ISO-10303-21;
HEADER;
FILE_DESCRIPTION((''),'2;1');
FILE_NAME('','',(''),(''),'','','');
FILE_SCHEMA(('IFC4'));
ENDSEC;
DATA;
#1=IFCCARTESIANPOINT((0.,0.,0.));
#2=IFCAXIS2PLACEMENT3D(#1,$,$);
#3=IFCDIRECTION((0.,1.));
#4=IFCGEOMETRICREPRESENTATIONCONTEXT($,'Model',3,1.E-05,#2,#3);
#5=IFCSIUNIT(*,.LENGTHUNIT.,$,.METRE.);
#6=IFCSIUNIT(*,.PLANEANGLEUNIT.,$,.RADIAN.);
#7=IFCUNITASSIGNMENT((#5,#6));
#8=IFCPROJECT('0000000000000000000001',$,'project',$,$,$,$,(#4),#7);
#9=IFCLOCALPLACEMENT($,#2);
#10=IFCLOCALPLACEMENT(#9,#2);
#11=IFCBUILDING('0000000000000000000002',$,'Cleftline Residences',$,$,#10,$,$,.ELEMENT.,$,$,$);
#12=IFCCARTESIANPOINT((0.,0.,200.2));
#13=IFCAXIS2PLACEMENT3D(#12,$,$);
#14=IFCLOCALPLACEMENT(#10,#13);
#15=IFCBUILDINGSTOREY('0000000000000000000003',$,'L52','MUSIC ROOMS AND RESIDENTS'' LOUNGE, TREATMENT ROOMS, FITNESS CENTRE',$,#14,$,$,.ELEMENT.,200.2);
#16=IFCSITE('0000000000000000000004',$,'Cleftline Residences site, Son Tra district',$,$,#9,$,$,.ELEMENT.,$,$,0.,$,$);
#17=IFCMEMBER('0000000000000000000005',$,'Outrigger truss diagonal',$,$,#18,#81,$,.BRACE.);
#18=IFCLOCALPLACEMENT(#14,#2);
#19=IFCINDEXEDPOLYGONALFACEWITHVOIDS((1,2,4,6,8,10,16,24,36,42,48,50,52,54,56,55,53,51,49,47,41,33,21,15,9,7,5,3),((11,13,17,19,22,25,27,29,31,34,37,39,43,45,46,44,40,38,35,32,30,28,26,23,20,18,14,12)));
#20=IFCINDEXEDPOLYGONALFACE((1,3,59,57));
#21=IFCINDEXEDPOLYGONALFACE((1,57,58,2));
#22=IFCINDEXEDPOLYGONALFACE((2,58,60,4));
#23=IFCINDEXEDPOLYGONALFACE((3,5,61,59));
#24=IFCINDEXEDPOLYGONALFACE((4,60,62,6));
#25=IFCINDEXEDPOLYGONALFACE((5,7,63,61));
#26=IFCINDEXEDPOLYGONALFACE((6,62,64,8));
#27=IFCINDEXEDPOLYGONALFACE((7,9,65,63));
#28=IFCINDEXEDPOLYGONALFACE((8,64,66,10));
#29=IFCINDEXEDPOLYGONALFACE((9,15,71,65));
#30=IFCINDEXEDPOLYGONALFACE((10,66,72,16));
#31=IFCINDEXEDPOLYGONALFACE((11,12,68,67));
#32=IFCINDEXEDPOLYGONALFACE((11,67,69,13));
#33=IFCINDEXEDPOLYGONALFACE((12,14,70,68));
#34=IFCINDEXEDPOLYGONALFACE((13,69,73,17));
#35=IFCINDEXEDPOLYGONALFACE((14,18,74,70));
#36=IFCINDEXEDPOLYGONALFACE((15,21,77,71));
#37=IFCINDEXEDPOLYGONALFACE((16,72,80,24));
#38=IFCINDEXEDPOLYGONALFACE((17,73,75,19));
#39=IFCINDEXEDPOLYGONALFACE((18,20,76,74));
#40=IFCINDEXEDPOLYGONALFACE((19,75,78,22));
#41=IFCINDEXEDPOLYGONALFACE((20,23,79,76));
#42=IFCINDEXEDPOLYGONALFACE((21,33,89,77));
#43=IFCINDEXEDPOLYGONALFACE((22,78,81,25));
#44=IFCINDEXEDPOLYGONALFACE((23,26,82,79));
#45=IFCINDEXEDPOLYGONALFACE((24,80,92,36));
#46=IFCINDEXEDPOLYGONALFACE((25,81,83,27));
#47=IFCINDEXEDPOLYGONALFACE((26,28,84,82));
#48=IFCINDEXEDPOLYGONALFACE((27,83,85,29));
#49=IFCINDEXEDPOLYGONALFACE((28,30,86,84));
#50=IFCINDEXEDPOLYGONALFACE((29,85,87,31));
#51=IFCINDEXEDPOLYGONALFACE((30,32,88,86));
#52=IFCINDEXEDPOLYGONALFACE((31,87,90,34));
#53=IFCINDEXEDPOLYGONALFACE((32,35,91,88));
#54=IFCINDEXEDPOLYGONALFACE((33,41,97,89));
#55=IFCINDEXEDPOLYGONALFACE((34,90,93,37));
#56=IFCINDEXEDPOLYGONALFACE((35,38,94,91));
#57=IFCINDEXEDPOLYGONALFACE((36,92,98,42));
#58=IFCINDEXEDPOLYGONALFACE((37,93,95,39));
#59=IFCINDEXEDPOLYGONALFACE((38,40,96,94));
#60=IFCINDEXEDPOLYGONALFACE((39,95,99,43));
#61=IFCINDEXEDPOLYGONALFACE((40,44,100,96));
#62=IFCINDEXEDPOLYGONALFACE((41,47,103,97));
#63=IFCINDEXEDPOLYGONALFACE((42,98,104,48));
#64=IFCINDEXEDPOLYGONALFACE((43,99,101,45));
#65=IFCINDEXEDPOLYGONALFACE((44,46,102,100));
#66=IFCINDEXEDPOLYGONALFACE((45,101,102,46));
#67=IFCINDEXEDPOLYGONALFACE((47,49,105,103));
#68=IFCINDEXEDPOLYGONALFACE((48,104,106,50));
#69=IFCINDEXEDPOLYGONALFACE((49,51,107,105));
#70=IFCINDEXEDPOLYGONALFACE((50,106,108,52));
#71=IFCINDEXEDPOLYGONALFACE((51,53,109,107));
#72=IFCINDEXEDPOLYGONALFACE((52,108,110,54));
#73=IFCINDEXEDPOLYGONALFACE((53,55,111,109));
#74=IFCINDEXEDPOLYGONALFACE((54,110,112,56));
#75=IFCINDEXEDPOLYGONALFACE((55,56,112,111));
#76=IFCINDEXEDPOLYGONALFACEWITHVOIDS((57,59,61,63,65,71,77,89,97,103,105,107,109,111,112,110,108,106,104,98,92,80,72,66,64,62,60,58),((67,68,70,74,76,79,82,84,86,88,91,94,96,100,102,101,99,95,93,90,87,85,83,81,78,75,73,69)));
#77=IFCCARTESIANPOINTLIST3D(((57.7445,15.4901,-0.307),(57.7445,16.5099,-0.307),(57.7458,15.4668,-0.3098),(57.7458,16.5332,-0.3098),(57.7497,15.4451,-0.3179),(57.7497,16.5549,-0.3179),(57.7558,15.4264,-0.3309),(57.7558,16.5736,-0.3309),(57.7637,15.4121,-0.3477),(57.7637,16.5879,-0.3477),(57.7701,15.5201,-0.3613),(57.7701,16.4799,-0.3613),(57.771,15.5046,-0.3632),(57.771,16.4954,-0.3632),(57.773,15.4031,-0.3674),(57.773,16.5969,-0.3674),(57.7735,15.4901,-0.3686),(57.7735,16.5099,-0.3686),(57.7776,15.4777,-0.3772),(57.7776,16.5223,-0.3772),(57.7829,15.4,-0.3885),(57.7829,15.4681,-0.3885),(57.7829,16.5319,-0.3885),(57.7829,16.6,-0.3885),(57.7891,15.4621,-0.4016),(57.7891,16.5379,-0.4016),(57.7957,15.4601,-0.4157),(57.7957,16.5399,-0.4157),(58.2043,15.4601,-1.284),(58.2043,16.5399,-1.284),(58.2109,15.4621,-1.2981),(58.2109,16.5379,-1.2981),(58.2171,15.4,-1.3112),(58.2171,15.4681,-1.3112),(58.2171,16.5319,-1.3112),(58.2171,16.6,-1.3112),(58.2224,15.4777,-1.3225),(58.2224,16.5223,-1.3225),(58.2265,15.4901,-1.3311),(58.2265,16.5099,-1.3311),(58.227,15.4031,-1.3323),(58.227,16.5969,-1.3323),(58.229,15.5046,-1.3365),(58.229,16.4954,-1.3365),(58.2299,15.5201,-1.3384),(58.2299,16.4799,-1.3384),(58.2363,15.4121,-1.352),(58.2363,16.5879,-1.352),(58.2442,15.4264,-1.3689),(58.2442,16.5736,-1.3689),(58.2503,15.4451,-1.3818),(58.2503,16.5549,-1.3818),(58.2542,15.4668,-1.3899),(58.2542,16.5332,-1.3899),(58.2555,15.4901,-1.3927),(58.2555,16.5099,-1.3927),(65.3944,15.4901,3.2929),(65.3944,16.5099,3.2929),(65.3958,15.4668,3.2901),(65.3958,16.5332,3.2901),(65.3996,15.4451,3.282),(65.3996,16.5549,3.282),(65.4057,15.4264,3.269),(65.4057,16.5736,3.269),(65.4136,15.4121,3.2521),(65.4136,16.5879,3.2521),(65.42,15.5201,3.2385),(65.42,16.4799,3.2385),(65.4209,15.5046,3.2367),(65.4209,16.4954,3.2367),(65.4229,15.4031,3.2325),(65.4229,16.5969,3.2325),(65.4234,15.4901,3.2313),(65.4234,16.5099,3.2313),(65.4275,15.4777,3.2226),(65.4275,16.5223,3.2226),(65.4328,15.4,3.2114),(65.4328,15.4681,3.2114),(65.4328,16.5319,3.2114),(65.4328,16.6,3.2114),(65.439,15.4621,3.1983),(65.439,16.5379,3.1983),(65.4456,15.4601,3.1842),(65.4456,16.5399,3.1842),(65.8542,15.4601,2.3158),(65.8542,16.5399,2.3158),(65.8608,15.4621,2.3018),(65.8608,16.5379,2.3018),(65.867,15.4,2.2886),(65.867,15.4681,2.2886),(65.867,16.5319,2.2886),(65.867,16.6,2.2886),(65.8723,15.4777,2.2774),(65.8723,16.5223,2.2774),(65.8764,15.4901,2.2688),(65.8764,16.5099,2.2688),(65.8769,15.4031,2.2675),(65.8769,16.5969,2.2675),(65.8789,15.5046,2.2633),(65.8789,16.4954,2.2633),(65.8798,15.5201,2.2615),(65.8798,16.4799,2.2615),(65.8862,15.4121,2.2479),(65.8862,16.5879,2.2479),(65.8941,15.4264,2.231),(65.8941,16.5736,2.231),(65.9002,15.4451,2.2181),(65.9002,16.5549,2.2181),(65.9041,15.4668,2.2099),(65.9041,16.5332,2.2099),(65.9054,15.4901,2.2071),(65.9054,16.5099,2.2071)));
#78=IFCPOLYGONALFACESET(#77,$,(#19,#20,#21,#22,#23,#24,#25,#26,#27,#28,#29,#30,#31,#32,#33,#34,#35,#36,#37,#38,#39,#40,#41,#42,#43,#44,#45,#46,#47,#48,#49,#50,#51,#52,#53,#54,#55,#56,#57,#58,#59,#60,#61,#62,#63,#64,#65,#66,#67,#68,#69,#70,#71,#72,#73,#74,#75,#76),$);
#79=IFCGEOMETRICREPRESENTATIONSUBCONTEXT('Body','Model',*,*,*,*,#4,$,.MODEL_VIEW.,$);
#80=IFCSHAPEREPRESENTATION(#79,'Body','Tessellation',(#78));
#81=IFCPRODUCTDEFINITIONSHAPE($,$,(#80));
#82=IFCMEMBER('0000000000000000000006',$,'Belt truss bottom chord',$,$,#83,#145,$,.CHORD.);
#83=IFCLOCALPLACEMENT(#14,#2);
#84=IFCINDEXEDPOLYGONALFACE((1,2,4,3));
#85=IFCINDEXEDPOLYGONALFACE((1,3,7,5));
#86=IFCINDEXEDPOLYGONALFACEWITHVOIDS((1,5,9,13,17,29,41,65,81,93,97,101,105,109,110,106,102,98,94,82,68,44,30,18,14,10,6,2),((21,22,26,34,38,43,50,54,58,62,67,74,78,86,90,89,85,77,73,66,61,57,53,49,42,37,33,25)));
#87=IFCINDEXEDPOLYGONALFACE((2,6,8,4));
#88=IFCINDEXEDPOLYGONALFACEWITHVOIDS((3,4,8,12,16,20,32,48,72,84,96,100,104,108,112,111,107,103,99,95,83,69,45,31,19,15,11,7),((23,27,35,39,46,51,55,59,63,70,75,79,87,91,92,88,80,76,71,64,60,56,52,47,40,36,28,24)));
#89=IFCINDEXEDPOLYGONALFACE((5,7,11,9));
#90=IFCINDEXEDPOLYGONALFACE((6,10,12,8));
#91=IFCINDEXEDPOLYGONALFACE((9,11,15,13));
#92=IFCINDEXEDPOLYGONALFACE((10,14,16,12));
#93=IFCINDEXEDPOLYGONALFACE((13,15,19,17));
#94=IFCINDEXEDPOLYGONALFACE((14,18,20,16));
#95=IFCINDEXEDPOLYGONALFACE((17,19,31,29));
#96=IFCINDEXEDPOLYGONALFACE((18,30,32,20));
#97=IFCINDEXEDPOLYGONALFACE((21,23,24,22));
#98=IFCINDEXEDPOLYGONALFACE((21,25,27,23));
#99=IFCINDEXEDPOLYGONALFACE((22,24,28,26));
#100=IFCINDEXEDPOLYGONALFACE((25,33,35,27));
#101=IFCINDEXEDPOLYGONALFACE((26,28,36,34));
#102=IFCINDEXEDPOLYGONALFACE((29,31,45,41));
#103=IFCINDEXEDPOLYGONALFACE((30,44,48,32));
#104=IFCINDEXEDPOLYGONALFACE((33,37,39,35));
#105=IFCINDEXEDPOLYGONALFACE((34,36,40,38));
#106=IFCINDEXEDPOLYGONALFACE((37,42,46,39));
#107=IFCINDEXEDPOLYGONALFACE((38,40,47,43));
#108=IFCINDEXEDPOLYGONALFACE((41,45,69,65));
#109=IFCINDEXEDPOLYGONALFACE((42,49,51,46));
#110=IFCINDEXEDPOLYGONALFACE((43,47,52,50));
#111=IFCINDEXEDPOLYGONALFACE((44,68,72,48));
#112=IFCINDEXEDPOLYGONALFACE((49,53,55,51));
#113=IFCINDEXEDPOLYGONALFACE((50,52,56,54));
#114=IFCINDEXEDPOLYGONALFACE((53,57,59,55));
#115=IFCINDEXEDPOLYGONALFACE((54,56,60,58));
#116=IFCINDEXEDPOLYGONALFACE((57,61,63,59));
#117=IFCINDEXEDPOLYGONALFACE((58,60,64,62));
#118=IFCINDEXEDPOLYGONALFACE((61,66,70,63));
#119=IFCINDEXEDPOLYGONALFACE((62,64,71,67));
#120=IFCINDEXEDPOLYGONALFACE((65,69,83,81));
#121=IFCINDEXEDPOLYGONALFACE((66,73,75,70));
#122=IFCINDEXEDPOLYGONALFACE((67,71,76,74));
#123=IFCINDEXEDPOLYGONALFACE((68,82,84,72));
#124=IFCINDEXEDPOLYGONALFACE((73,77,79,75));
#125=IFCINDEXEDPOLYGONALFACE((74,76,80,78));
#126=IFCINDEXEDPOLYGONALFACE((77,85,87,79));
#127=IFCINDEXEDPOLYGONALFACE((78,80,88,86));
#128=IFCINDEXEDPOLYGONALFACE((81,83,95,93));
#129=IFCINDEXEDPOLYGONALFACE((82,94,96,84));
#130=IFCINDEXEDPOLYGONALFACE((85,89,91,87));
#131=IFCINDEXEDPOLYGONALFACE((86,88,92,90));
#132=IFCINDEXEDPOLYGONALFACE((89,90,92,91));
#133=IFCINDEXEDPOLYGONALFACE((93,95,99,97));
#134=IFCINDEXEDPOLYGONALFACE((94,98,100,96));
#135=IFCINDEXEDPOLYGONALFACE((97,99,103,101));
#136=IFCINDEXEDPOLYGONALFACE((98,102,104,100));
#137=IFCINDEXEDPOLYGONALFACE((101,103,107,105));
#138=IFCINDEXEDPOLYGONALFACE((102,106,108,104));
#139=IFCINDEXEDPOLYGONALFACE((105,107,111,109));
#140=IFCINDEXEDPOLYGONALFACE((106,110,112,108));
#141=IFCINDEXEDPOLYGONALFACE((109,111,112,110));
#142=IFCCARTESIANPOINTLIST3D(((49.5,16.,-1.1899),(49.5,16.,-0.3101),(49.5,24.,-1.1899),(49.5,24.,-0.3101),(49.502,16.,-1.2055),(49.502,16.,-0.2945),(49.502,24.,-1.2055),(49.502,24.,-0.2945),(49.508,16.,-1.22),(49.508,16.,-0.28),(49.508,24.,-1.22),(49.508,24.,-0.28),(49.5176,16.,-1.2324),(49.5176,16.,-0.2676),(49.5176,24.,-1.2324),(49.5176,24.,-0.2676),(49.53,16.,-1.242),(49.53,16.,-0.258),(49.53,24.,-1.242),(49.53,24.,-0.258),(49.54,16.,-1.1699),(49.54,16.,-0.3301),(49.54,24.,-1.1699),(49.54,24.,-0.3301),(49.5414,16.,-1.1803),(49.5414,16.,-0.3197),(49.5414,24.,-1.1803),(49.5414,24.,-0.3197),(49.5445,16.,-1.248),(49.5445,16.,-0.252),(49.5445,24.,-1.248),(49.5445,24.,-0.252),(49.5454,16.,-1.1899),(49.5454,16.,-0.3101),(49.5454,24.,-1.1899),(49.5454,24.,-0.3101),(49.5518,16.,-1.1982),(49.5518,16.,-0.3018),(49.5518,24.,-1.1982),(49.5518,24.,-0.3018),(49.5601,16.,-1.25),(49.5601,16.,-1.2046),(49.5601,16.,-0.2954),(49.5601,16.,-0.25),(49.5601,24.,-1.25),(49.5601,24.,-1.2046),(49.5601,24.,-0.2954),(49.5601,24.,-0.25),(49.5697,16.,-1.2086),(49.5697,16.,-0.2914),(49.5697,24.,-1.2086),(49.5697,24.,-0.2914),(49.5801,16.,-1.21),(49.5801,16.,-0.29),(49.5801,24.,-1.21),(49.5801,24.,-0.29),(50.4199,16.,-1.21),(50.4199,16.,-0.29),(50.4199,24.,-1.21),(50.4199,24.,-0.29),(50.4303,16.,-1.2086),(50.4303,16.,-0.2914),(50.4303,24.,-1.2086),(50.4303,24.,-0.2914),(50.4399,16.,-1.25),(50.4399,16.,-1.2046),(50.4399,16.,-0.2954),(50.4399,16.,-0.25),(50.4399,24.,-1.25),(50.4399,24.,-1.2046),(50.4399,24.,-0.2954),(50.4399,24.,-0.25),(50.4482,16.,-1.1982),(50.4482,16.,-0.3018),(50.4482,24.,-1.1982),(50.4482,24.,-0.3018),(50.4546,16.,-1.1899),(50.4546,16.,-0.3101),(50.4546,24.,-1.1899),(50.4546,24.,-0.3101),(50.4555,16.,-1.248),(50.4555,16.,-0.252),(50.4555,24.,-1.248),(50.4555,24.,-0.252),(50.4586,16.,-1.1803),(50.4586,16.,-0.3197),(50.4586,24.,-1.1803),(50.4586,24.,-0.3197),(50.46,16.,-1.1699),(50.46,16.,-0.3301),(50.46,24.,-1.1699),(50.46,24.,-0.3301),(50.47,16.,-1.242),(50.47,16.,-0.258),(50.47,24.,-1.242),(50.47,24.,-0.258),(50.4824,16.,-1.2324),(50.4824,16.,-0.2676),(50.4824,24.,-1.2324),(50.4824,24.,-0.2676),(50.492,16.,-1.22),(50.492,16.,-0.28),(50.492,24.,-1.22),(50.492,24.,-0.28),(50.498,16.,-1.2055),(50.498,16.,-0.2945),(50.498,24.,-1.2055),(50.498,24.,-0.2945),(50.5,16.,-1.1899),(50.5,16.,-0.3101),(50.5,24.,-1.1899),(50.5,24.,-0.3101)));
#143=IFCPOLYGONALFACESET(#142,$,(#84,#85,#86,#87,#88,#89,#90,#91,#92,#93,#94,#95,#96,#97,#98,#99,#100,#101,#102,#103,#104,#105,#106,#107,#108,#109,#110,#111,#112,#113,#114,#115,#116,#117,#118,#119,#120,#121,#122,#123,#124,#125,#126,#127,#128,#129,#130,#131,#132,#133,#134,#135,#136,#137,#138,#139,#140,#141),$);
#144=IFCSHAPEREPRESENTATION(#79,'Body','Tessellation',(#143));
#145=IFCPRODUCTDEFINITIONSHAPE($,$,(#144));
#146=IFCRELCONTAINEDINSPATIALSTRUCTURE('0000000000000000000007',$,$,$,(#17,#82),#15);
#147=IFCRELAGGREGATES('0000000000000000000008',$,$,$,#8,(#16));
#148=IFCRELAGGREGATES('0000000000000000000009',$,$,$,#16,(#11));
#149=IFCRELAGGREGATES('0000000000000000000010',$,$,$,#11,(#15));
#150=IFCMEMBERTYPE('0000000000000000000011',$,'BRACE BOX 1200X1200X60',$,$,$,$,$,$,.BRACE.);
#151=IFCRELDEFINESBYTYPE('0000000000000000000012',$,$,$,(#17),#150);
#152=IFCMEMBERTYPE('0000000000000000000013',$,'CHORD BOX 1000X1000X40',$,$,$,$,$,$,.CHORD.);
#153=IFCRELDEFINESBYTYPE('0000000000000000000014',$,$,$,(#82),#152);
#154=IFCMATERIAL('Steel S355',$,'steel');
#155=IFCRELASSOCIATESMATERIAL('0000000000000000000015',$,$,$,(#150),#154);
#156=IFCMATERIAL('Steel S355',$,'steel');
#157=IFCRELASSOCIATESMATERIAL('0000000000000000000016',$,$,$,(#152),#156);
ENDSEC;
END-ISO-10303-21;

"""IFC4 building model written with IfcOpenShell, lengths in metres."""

from ifc_helpers import new_model, si_unit, direction, frame, origin, origin_2d, place, context, subcontext, project, spatial, hollow_rectangle, extrude, material, material_profile, profile_set, type_object, element, save


model = new_model("IFC4")

# Units and contexts
model_context = context("Model", 3, precision=1e-05, world=origin(), true_north=direction((0.0, 1.0)))
body_context = subcontext(model_context, "Body", "Model", "MODEL_VIEW")
ifc_project = project(units=[si_unit("LENGTHUNIT", "METRE"), si_unit("PLANEANGLEUNIT", "RADIAN")], contexts=[model_context])

# Site, building, storey
site_placement = place(None, origin())
site = spatial("IfcSite", under=ifc_project, at=site_placement, Name="Cleftline Residences site, Son Tra district", CompositionType="ELEMENT", RefElevation=0.0)
building_placement = place(site_placement, origin())
building = spatial("IfcBuilding", under=site, at=building_placement, Name="Cleftline Residences", CompositionType="ELEMENT")
storey_placement = place(building_placement, frame((0.0, 0.0, 200.2)))
storey = spatial("IfcBuildingStorey", under=building, at=storey_placement, Name="L52", Description="MUSIC ROOMS AND RESIDENTS' LOUNGE, TREATMENT ROOMS, FITNESS CENTRE", CompositionType="ELEMENT", Elevation=200.2)

# Members
ifc_material_1 = material(Name="Steel S355", Category="steel")
ifc_material_profile_1 = material_profile(ifc_material_1, hollow_rectangle(XDim=1.2, YDim=1.2, WallThickness=0.0601, InnerFilletRadius=0.0601, OuterFilletRadius=0.0901, at=origin_2d()))
ifc_profile_set_1 = profile_set([ifc_material_profile_1], Name="Steel S355")
member_type_1 = type_object("IfcMemberType", Name="BRACE BOX 1200X1200X60", PredefinedType="BRACE", material=ifc_profile_set_1)
member_1_placement = place(storey_placement, frame((58.0, 16.0, -0.8499), z_axis=(0.904823, 0.0, 0.425787), x_axis=(-0.425787, 0.0, 0.904823)))
element("IfcMember", 1, at=member_1_placement, inside=storey, type_object=member_type_1, Name="Outrigger truss diagonal", PredefinedType="BRACE", context=body_context, shape_type="SweptSolid", body=[
    extrude(hollow_rectangle(XDim=1.2, YDim=1.2, WallThickness=0.0601, InnerFilletRadius=0.0601, OuterFilletRadius=0.0901, at=origin_2d()), origin(), (0.0, 0.0, 1.0), 8.4546),
])
ifc_material_2 = material(Name="Steel S355", Category="steel")
ifc_material_profile_2 = material_profile(ifc_material_2, hollow_rectangle(XDim=1.0, YDim=1.0, WallThickness=0.04, InnerFilletRadius=0.04, OuterFilletRadius=0.0601, at=origin_2d()))
ifc_profile_set_2 = profile_set([ifc_material_profile_2], Name="Steel S355")
member_type_2 = type_object("IfcMemberType", Name="CHORD BOX 1000X1000X40", PredefinedType="CHORD", material=ifc_profile_set_2)
for number, where, z_axis, x_axis, name in (
    (2, (50.0, 16.0, -0.75), (0.0, 1.0, 0.0), (-1.0, 0.0, 0.0), "Belt truss bottom chord"),
):
    element("IfcMember", number, at=place(storey_placement, frame(where, z_axis=z_axis, x_axis=x_axis)), inside=storey, type_object=member_type_2, Name=name, PredefinedType="CHORD", context=body_context, shape_type="SweptSolid", body=[
        extrude(hollow_rectangle(XDim=1.0, YDim=1.0, WallThickness=0.04, InnerFilletRadius=0.04, OuterFilletRadius=0.0601, at=origin_2d()), origin(), (0.0, 0.0, 1.0), 8.0),
    ])

save(model, "model.ifc")
